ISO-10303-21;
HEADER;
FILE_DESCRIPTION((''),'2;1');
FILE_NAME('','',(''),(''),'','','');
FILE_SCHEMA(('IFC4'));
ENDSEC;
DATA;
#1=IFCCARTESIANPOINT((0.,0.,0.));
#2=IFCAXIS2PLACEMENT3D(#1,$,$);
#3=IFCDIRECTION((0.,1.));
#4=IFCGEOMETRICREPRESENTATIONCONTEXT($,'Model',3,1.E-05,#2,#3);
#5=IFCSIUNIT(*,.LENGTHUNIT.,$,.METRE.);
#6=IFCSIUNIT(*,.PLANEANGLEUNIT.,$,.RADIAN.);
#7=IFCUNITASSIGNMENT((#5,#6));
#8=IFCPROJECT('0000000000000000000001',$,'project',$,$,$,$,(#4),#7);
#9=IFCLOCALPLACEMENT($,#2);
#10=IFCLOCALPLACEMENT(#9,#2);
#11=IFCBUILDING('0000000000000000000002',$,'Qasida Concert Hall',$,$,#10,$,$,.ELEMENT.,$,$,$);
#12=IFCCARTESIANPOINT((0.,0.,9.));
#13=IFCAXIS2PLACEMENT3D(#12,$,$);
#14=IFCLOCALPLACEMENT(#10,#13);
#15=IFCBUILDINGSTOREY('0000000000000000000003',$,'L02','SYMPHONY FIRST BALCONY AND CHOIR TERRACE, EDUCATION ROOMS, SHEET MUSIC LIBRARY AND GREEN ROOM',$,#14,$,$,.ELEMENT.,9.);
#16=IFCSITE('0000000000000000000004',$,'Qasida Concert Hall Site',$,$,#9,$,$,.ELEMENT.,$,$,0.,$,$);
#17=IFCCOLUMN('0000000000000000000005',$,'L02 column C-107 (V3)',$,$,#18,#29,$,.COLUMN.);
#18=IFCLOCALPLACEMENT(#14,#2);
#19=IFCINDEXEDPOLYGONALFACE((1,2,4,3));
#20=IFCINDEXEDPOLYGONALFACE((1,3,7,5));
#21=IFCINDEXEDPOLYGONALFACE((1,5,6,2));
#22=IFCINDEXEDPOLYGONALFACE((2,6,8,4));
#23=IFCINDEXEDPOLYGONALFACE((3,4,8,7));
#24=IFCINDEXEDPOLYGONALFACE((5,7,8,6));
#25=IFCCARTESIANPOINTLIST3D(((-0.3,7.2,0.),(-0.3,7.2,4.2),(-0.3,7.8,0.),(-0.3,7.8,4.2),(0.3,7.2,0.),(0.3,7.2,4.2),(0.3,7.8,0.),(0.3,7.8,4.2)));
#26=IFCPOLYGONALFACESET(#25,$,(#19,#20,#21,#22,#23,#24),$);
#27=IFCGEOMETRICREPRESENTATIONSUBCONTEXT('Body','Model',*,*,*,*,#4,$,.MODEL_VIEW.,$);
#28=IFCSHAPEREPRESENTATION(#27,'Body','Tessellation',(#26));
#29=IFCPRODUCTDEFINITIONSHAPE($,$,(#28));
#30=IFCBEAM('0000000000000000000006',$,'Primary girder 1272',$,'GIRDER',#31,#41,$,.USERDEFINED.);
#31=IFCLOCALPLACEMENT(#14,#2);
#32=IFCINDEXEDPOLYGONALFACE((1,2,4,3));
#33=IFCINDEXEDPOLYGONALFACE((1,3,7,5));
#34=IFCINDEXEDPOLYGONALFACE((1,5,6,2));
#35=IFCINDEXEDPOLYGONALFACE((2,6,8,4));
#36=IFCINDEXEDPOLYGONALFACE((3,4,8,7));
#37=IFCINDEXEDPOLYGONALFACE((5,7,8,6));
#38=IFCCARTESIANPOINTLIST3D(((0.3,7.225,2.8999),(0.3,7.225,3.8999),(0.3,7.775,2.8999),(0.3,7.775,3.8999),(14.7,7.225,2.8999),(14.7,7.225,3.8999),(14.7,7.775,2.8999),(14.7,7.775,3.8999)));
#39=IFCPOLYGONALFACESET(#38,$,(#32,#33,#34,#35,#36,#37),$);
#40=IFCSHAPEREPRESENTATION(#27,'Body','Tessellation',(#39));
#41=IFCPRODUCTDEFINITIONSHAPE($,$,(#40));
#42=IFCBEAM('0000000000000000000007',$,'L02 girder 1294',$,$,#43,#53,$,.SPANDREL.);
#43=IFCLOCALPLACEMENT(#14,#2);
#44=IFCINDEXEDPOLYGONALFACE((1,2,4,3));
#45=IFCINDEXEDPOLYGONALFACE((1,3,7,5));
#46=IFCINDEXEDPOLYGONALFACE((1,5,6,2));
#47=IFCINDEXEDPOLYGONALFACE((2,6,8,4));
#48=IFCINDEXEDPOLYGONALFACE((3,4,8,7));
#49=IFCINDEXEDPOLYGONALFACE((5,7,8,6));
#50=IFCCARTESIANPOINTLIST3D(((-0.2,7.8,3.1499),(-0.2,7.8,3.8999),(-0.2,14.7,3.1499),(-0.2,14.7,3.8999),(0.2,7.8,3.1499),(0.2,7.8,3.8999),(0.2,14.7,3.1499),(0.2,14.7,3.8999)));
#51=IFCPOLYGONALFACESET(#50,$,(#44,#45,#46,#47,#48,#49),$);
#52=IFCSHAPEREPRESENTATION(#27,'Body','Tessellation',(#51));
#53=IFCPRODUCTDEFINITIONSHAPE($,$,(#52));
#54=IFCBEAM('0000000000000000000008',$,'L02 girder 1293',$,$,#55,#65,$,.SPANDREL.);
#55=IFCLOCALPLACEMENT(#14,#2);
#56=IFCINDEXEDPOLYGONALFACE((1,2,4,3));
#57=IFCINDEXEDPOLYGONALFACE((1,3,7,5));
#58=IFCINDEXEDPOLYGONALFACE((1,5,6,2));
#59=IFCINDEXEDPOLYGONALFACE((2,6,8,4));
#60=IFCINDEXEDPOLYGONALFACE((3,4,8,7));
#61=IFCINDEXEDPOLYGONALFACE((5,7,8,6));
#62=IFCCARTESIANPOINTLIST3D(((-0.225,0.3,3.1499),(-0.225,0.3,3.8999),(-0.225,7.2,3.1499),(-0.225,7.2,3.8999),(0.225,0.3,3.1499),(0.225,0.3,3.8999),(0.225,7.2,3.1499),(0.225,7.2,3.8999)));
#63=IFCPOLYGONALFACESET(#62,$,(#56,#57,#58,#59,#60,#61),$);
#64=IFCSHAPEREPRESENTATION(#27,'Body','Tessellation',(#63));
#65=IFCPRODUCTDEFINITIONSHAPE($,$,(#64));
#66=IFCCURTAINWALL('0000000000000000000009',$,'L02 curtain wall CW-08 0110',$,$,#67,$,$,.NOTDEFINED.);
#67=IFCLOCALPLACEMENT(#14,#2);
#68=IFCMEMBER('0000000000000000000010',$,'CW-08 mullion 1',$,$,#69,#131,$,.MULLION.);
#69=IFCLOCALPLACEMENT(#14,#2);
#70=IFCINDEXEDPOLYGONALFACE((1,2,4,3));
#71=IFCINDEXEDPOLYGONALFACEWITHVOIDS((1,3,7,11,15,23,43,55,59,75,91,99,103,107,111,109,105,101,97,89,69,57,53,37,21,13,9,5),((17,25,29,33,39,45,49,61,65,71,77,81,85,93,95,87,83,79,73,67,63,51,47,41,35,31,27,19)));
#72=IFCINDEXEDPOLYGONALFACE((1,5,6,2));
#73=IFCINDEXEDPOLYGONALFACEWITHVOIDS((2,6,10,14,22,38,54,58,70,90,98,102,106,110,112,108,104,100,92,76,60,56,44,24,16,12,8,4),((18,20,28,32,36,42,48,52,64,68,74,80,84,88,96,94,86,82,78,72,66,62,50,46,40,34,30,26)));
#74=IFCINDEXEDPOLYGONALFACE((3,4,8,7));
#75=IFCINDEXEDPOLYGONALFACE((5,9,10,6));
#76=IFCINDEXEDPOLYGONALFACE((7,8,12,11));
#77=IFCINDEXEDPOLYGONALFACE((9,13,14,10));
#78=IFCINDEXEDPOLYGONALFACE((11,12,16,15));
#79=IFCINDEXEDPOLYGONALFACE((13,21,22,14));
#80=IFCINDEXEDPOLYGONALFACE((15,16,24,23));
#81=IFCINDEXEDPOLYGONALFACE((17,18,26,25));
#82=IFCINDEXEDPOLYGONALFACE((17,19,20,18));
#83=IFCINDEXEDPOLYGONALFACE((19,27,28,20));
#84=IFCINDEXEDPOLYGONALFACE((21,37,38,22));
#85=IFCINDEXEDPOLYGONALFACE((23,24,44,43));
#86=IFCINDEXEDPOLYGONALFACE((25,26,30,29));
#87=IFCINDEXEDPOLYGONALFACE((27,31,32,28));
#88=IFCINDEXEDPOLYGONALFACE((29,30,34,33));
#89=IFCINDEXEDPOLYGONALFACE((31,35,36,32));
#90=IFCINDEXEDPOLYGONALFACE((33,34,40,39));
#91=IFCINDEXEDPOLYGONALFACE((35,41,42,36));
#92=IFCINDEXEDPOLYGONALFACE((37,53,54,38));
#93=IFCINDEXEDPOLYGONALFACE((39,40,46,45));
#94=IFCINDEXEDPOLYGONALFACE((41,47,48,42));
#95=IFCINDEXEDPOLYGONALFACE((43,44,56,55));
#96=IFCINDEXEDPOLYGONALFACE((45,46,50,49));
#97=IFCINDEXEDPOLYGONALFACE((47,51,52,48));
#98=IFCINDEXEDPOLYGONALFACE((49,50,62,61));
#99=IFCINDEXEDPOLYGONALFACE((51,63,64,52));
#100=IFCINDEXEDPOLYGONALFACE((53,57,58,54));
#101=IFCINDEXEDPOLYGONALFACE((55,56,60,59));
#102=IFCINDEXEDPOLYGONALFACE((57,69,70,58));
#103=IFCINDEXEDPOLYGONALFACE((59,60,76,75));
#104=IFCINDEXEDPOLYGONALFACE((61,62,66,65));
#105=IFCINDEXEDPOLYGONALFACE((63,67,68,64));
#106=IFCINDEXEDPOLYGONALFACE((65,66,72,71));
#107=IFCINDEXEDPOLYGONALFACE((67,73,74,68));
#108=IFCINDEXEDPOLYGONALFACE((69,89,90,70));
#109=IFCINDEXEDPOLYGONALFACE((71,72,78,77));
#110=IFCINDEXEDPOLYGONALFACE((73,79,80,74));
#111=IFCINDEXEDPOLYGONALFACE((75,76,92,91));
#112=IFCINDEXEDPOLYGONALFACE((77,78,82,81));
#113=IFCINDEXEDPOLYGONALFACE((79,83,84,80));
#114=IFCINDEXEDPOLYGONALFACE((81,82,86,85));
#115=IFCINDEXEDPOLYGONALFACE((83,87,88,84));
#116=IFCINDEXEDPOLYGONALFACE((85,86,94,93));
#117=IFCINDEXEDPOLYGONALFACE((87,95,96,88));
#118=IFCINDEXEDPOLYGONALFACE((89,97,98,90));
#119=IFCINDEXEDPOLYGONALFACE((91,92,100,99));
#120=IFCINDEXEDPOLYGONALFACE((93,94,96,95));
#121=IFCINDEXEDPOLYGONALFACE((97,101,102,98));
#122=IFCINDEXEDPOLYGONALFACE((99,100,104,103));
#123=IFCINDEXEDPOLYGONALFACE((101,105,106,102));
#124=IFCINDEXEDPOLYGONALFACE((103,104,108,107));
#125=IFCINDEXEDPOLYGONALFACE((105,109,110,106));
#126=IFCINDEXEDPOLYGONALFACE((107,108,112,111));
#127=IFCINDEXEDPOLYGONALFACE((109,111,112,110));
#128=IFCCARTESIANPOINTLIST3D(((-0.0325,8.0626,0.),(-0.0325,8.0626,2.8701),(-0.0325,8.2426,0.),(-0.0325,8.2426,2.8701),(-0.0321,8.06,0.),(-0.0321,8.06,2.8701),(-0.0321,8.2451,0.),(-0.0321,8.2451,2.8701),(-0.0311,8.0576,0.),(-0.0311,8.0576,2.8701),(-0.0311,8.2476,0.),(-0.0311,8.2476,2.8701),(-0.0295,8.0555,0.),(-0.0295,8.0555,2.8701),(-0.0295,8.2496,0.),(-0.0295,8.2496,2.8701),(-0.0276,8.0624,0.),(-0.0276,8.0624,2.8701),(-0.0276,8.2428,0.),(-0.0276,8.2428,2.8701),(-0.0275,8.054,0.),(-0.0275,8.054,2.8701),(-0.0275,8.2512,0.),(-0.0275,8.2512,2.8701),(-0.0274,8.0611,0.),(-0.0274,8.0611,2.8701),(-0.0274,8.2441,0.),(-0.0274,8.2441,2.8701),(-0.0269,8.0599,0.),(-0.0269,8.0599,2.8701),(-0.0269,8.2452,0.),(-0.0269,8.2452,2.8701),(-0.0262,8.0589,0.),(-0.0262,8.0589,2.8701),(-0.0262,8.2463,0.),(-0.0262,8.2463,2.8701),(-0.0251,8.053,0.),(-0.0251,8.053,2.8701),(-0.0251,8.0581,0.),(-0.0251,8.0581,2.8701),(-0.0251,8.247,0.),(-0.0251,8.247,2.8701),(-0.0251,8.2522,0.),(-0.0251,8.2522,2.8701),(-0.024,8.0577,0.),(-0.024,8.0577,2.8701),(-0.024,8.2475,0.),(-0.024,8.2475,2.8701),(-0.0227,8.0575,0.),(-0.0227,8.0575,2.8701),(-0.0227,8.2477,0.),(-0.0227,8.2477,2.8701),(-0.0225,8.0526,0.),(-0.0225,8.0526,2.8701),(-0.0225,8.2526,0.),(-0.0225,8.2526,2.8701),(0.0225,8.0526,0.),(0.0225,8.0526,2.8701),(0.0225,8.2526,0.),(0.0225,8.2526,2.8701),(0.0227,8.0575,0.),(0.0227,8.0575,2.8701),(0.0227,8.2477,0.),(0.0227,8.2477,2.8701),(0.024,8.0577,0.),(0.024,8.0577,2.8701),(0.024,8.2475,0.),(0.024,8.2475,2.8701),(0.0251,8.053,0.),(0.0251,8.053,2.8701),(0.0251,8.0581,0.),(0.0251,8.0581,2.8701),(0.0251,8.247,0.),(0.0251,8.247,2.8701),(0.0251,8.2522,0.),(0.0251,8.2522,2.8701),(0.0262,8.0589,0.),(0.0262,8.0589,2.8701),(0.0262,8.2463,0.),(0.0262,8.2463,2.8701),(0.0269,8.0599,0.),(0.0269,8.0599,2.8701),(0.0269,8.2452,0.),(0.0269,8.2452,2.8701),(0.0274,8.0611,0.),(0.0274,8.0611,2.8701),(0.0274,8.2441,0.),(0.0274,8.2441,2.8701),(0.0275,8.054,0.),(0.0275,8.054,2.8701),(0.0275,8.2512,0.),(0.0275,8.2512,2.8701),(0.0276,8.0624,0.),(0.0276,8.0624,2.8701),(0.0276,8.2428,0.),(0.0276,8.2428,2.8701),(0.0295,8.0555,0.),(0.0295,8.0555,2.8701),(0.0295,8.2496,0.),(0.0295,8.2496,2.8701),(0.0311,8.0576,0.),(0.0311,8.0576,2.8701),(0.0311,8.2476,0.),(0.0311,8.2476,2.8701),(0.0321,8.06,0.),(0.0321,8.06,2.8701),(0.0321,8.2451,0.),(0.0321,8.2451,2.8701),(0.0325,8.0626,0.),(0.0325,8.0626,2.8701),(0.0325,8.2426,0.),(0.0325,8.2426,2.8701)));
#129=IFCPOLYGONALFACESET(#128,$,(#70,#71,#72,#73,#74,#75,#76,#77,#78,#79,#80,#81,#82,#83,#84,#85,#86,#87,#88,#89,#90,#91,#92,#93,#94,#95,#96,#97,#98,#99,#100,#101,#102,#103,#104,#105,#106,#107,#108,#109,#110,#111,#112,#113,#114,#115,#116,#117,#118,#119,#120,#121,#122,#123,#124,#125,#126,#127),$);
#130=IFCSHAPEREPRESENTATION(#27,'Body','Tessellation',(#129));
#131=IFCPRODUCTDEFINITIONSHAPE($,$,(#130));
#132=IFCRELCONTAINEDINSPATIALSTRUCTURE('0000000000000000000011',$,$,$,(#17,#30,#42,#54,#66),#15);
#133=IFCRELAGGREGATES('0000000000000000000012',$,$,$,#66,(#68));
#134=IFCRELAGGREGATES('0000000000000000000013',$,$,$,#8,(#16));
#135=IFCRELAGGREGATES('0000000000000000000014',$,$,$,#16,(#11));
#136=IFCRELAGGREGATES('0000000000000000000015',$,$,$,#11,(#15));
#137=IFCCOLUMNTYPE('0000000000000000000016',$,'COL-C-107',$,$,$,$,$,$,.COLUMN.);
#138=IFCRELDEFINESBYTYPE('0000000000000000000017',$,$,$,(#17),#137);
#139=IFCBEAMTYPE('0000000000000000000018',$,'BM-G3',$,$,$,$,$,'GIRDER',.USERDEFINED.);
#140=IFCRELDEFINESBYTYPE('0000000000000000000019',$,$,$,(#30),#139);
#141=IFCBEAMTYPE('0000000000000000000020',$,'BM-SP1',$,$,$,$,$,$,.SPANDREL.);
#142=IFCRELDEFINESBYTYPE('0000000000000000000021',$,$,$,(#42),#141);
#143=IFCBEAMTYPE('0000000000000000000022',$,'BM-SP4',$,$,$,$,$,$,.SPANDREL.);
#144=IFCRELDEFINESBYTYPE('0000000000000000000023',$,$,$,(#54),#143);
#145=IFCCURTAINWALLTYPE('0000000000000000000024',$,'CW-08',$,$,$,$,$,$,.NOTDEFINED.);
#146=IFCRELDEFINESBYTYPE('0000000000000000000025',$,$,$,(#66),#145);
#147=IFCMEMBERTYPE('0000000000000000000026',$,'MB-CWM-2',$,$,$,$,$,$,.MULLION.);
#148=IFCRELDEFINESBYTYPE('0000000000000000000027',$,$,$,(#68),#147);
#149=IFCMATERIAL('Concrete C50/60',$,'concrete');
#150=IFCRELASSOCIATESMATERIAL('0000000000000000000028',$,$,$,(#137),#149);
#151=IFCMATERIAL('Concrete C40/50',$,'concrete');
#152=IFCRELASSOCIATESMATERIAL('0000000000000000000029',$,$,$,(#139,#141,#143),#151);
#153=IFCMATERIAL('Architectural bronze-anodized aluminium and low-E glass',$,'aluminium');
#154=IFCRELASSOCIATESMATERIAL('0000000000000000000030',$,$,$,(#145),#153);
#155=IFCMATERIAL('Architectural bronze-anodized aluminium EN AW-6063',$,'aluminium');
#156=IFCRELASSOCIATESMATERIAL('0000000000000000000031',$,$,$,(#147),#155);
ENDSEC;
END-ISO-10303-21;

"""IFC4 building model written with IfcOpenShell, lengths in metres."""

from ifc_helpers import new_model, si_unit, direction, frame, origin, origin_2d, place, context, subcontext, project, spatial, rectangle, hollow_rectangle, extrude, material, material_profile, profile_set, type_object, element, aggregate, save


model = new_model("IFC4")

# Units and contexts
model_context = context("Model", 3, precision=1e-05, world=origin(), true_north=direction((0.0, 1.0)))
body_context = subcontext(model_context, "Body", "Model", "MODEL_VIEW")
ifc_project = project(units=[si_unit("LENGTHUNIT", "METRE"), si_unit("PLANEANGLEUNIT", "RADIAN")], contexts=[model_context])

# Site, building, storey
site_placement = place(None, origin())
site = spatial("IfcSite", under=ifc_project, at=site_placement, Name="Qasida Concert Hall Site", CompositionType="ELEMENT", RefElevation=0.0)
building_placement = place(site_placement, origin())
building = spatial("IfcBuilding", under=site, at=building_placement, Name="Qasida Concert Hall", CompositionType="ELEMENT")
storey_placement = place(building_placement, frame((0.0, 0.0, 9.0)))
storey = spatial("IfcBuildingStorey", under=building, at=storey_placement, Name="L02", Description="SYMPHONY FIRST BALCONY AND CHOIR TERRACE, EDUCATION ROOMS, SHEET MUSIC LIBRARY AND GREEN ROOM", CompositionType="ELEMENT", Elevation=9.0)

# Column
ifc_material_1 = material(Name="Concrete C50/60", Category="concrete")
ifc_material_profile_1 = material_profile(ifc_material_1, rectangle(XDim=0.6001, YDim=0.6001, at=origin_2d()), Name="RC 600x600")
ifc_profile_set_1 = profile_set([ifc_material_profile_1], Name="Concrete C50/60")
column_type = type_object("IfcColumnType", Name="COL-C-107", PredefinedType="COLUMN", material=ifc_profile_set_1)
column_placement = place(storey_placement, frame((0.0, 7.5, 0.0), z_axis=(0.0, 0.0, 1.0), x_axis=(1.0, 0.0, 0.0)))
element("IfcColumn", 1, at=column_placement, inside=storey, type_object=column_type, Name="L02 column C-107 (V3)", PredefinedType="COLUMN", context=body_context, shape_type="SweptSolid", body=[
    extrude(rectangle(XDim=0.6001, YDim=0.6001, at=origin_2d()), origin(), (0.0, 0.0, 1.0), 4.2),
])

# Beams
ifc_material_2 = material(Name="Concrete C40/50", Category="concrete")
ifc_material_profile_2 = material_profile(ifc_material_2, rectangle(XDim=0.55, YDim=1.0, at=origin_2d()), Name="RC 550x1000")
ifc_profile_set_2 = profile_set([ifc_material_profile_2], Name="Concrete C40/50")
beam_type_1 = type_object("IfcBeamType", Name="BM-G3", ElementType="GIRDER", PredefinedType="USERDEFINED", material=ifc_profile_set_2)
beam_1_placement = place(storey_placement, frame((0.3, 7.5, 3.3999), z_axis=(1.0, 0.0, 0.0), x_axis=(0.0, 1.0, 0.0)))
element("IfcBeam", 2, at=beam_1_placement, inside=storey, type_object=beam_type_1, Name="Primary girder 1272", ObjectType="GIRDER", PredefinedType="USERDEFINED", context=body_context, shape_type="SweptSolid", body=[
    extrude(rectangle(XDim=0.55, YDim=1.0, at=origin_2d()), origin(), (0.0, 0.0, 1.0), 14.3999),
])
ifc_material_profile_3 = material_profile(ifc_material_2, rectangle(XDim=0.3999, YDim=0.75, at=origin_2d()), Name="RC 400x750")
ifc_profile_set_3 = profile_set([ifc_material_profile_3], Name="Concrete C40/50")
beam_type_2 = type_object("IfcBeamType", Name="BM-SP1", PredefinedType="SPANDREL", material=ifc_profile_set_3)
beam_2_placement = place(storey_placement, frame((0.0, 7.8, 3.5249), z_axis=(0.0, 1.0, 0.0), x_axis=(-1.0, 0.0, 0.0)))
element("IfcBeam", 3, at=beam_2_placement, inside=storey, type_object=beam_type_2, Name="L02 girder 1294", PredefinedType="SPANDREL", context=body_context, shape_type="SweptSolid", body=[
    extrude(rectangle(XDim=0.3999, YDim=0.75, at=origin_2d()), origin(), (0.0, 0.0, 1.0), 6.8999),
])
ifc_material_profile_4 = material_profile(ifc_material_2, rectangle(XDim=0.45, YDim=0.75, at=origin_2d()), Name="RC 450x750")
ifc_profile_set_4 = profile_set([ifc_material_profile_4], Name="Concrete C40/50")
beam_type_3 = type_object("IfcBeamType", Name="BM-SP4", PredefinedType="SPANDREL", material=ifc_profile_set_4)
beam_3_placement = place(storey_placement, frame((0.0, 0.3, 3.5249), z_axis=(0.0, 1.0, 0.0), x_axis=(-1.0, 0.0, 0.0)))
element("IfcBeam", 4, at=beam_3_placement, inside=storey, type_object=beam_type_3, Name="L02 girder 1293", PredefinedType="SPANDREL", context=body_context, shape_type="SweptSolid", body=[
    extrude(rectangle(XDim=0.45, YDim=0.75, at=origin_2d()), origin(), (0.0, 0.0, 1.0), 6.8999),
])

# Curtain wall, member
ifc_material_3 = material(Name="Architectural bronze-anodized aluminium and low-E glass", Category="aluminium")
curtain_wall_type = type_object("IfcCurtainWallType", Name="CW-08", PredefinedType="NOTDEFINED", material=ifc_material_3)
curtain_wall_placement = place(storey_placement, origin())
curtain_wall = element("IfcCurtainWall", 5, at=curtain_wall_placement, inside=storey, type_object=curtain_wall_type, Name="L02 curtain wall CW-08 0110", PredefinedType="NOTDEFINED")
ifc_material_4 = material(Name="Architectural bronze-anodized aluminium EN AW-6063", Category="aluminium")
ifc_material_profile_5 = material_profile(ifc_material_4, hollow_rectangle(XDim=0.0649, YDim=0.2, WallThickness=0.0049, InnerFilletRadius=0.0049, OuterFilletRadius=0.01, at=origin_2d()), Name="CWM 200x65x5")
ifc_profile_set_5 = profile_set([ifc_material_profile_5], Name="Architectural bronze-anodized aluminium EN AW-6063")
member_type_1 = type_object("IfcMemberType", Name="MB-CWM-2", PredefinedType="MULLION", material=ifc_profile_set_5)
member_1_placement = place(storey_placement, frame((0.0, 8.1526, 0.0), z_axis=(0.0, 0.0, 1.0), x_axis=(-1.0, 0.0, 0.0)))
member_1 = element("IfcMember", 6, at=member_1_placement, type_object=member_type_1, Name="CW-08 mullion 1", PredefinedType="MULLION", context=body_context, shape_type="SweptSolid", body=[
    extrude(hollow_rectangle(XDim=0.0649, YDim=0.2, WallThickness=0.0049, InnerFilletRadius=0.0049, OuterFilletRadius=0.01, at=origin_2d()), origin(), (0.0, 0.0, 1.0), 2.8701),
])
aggregate(curtain_wall, [member_1])

save(model, "model.ifc")
